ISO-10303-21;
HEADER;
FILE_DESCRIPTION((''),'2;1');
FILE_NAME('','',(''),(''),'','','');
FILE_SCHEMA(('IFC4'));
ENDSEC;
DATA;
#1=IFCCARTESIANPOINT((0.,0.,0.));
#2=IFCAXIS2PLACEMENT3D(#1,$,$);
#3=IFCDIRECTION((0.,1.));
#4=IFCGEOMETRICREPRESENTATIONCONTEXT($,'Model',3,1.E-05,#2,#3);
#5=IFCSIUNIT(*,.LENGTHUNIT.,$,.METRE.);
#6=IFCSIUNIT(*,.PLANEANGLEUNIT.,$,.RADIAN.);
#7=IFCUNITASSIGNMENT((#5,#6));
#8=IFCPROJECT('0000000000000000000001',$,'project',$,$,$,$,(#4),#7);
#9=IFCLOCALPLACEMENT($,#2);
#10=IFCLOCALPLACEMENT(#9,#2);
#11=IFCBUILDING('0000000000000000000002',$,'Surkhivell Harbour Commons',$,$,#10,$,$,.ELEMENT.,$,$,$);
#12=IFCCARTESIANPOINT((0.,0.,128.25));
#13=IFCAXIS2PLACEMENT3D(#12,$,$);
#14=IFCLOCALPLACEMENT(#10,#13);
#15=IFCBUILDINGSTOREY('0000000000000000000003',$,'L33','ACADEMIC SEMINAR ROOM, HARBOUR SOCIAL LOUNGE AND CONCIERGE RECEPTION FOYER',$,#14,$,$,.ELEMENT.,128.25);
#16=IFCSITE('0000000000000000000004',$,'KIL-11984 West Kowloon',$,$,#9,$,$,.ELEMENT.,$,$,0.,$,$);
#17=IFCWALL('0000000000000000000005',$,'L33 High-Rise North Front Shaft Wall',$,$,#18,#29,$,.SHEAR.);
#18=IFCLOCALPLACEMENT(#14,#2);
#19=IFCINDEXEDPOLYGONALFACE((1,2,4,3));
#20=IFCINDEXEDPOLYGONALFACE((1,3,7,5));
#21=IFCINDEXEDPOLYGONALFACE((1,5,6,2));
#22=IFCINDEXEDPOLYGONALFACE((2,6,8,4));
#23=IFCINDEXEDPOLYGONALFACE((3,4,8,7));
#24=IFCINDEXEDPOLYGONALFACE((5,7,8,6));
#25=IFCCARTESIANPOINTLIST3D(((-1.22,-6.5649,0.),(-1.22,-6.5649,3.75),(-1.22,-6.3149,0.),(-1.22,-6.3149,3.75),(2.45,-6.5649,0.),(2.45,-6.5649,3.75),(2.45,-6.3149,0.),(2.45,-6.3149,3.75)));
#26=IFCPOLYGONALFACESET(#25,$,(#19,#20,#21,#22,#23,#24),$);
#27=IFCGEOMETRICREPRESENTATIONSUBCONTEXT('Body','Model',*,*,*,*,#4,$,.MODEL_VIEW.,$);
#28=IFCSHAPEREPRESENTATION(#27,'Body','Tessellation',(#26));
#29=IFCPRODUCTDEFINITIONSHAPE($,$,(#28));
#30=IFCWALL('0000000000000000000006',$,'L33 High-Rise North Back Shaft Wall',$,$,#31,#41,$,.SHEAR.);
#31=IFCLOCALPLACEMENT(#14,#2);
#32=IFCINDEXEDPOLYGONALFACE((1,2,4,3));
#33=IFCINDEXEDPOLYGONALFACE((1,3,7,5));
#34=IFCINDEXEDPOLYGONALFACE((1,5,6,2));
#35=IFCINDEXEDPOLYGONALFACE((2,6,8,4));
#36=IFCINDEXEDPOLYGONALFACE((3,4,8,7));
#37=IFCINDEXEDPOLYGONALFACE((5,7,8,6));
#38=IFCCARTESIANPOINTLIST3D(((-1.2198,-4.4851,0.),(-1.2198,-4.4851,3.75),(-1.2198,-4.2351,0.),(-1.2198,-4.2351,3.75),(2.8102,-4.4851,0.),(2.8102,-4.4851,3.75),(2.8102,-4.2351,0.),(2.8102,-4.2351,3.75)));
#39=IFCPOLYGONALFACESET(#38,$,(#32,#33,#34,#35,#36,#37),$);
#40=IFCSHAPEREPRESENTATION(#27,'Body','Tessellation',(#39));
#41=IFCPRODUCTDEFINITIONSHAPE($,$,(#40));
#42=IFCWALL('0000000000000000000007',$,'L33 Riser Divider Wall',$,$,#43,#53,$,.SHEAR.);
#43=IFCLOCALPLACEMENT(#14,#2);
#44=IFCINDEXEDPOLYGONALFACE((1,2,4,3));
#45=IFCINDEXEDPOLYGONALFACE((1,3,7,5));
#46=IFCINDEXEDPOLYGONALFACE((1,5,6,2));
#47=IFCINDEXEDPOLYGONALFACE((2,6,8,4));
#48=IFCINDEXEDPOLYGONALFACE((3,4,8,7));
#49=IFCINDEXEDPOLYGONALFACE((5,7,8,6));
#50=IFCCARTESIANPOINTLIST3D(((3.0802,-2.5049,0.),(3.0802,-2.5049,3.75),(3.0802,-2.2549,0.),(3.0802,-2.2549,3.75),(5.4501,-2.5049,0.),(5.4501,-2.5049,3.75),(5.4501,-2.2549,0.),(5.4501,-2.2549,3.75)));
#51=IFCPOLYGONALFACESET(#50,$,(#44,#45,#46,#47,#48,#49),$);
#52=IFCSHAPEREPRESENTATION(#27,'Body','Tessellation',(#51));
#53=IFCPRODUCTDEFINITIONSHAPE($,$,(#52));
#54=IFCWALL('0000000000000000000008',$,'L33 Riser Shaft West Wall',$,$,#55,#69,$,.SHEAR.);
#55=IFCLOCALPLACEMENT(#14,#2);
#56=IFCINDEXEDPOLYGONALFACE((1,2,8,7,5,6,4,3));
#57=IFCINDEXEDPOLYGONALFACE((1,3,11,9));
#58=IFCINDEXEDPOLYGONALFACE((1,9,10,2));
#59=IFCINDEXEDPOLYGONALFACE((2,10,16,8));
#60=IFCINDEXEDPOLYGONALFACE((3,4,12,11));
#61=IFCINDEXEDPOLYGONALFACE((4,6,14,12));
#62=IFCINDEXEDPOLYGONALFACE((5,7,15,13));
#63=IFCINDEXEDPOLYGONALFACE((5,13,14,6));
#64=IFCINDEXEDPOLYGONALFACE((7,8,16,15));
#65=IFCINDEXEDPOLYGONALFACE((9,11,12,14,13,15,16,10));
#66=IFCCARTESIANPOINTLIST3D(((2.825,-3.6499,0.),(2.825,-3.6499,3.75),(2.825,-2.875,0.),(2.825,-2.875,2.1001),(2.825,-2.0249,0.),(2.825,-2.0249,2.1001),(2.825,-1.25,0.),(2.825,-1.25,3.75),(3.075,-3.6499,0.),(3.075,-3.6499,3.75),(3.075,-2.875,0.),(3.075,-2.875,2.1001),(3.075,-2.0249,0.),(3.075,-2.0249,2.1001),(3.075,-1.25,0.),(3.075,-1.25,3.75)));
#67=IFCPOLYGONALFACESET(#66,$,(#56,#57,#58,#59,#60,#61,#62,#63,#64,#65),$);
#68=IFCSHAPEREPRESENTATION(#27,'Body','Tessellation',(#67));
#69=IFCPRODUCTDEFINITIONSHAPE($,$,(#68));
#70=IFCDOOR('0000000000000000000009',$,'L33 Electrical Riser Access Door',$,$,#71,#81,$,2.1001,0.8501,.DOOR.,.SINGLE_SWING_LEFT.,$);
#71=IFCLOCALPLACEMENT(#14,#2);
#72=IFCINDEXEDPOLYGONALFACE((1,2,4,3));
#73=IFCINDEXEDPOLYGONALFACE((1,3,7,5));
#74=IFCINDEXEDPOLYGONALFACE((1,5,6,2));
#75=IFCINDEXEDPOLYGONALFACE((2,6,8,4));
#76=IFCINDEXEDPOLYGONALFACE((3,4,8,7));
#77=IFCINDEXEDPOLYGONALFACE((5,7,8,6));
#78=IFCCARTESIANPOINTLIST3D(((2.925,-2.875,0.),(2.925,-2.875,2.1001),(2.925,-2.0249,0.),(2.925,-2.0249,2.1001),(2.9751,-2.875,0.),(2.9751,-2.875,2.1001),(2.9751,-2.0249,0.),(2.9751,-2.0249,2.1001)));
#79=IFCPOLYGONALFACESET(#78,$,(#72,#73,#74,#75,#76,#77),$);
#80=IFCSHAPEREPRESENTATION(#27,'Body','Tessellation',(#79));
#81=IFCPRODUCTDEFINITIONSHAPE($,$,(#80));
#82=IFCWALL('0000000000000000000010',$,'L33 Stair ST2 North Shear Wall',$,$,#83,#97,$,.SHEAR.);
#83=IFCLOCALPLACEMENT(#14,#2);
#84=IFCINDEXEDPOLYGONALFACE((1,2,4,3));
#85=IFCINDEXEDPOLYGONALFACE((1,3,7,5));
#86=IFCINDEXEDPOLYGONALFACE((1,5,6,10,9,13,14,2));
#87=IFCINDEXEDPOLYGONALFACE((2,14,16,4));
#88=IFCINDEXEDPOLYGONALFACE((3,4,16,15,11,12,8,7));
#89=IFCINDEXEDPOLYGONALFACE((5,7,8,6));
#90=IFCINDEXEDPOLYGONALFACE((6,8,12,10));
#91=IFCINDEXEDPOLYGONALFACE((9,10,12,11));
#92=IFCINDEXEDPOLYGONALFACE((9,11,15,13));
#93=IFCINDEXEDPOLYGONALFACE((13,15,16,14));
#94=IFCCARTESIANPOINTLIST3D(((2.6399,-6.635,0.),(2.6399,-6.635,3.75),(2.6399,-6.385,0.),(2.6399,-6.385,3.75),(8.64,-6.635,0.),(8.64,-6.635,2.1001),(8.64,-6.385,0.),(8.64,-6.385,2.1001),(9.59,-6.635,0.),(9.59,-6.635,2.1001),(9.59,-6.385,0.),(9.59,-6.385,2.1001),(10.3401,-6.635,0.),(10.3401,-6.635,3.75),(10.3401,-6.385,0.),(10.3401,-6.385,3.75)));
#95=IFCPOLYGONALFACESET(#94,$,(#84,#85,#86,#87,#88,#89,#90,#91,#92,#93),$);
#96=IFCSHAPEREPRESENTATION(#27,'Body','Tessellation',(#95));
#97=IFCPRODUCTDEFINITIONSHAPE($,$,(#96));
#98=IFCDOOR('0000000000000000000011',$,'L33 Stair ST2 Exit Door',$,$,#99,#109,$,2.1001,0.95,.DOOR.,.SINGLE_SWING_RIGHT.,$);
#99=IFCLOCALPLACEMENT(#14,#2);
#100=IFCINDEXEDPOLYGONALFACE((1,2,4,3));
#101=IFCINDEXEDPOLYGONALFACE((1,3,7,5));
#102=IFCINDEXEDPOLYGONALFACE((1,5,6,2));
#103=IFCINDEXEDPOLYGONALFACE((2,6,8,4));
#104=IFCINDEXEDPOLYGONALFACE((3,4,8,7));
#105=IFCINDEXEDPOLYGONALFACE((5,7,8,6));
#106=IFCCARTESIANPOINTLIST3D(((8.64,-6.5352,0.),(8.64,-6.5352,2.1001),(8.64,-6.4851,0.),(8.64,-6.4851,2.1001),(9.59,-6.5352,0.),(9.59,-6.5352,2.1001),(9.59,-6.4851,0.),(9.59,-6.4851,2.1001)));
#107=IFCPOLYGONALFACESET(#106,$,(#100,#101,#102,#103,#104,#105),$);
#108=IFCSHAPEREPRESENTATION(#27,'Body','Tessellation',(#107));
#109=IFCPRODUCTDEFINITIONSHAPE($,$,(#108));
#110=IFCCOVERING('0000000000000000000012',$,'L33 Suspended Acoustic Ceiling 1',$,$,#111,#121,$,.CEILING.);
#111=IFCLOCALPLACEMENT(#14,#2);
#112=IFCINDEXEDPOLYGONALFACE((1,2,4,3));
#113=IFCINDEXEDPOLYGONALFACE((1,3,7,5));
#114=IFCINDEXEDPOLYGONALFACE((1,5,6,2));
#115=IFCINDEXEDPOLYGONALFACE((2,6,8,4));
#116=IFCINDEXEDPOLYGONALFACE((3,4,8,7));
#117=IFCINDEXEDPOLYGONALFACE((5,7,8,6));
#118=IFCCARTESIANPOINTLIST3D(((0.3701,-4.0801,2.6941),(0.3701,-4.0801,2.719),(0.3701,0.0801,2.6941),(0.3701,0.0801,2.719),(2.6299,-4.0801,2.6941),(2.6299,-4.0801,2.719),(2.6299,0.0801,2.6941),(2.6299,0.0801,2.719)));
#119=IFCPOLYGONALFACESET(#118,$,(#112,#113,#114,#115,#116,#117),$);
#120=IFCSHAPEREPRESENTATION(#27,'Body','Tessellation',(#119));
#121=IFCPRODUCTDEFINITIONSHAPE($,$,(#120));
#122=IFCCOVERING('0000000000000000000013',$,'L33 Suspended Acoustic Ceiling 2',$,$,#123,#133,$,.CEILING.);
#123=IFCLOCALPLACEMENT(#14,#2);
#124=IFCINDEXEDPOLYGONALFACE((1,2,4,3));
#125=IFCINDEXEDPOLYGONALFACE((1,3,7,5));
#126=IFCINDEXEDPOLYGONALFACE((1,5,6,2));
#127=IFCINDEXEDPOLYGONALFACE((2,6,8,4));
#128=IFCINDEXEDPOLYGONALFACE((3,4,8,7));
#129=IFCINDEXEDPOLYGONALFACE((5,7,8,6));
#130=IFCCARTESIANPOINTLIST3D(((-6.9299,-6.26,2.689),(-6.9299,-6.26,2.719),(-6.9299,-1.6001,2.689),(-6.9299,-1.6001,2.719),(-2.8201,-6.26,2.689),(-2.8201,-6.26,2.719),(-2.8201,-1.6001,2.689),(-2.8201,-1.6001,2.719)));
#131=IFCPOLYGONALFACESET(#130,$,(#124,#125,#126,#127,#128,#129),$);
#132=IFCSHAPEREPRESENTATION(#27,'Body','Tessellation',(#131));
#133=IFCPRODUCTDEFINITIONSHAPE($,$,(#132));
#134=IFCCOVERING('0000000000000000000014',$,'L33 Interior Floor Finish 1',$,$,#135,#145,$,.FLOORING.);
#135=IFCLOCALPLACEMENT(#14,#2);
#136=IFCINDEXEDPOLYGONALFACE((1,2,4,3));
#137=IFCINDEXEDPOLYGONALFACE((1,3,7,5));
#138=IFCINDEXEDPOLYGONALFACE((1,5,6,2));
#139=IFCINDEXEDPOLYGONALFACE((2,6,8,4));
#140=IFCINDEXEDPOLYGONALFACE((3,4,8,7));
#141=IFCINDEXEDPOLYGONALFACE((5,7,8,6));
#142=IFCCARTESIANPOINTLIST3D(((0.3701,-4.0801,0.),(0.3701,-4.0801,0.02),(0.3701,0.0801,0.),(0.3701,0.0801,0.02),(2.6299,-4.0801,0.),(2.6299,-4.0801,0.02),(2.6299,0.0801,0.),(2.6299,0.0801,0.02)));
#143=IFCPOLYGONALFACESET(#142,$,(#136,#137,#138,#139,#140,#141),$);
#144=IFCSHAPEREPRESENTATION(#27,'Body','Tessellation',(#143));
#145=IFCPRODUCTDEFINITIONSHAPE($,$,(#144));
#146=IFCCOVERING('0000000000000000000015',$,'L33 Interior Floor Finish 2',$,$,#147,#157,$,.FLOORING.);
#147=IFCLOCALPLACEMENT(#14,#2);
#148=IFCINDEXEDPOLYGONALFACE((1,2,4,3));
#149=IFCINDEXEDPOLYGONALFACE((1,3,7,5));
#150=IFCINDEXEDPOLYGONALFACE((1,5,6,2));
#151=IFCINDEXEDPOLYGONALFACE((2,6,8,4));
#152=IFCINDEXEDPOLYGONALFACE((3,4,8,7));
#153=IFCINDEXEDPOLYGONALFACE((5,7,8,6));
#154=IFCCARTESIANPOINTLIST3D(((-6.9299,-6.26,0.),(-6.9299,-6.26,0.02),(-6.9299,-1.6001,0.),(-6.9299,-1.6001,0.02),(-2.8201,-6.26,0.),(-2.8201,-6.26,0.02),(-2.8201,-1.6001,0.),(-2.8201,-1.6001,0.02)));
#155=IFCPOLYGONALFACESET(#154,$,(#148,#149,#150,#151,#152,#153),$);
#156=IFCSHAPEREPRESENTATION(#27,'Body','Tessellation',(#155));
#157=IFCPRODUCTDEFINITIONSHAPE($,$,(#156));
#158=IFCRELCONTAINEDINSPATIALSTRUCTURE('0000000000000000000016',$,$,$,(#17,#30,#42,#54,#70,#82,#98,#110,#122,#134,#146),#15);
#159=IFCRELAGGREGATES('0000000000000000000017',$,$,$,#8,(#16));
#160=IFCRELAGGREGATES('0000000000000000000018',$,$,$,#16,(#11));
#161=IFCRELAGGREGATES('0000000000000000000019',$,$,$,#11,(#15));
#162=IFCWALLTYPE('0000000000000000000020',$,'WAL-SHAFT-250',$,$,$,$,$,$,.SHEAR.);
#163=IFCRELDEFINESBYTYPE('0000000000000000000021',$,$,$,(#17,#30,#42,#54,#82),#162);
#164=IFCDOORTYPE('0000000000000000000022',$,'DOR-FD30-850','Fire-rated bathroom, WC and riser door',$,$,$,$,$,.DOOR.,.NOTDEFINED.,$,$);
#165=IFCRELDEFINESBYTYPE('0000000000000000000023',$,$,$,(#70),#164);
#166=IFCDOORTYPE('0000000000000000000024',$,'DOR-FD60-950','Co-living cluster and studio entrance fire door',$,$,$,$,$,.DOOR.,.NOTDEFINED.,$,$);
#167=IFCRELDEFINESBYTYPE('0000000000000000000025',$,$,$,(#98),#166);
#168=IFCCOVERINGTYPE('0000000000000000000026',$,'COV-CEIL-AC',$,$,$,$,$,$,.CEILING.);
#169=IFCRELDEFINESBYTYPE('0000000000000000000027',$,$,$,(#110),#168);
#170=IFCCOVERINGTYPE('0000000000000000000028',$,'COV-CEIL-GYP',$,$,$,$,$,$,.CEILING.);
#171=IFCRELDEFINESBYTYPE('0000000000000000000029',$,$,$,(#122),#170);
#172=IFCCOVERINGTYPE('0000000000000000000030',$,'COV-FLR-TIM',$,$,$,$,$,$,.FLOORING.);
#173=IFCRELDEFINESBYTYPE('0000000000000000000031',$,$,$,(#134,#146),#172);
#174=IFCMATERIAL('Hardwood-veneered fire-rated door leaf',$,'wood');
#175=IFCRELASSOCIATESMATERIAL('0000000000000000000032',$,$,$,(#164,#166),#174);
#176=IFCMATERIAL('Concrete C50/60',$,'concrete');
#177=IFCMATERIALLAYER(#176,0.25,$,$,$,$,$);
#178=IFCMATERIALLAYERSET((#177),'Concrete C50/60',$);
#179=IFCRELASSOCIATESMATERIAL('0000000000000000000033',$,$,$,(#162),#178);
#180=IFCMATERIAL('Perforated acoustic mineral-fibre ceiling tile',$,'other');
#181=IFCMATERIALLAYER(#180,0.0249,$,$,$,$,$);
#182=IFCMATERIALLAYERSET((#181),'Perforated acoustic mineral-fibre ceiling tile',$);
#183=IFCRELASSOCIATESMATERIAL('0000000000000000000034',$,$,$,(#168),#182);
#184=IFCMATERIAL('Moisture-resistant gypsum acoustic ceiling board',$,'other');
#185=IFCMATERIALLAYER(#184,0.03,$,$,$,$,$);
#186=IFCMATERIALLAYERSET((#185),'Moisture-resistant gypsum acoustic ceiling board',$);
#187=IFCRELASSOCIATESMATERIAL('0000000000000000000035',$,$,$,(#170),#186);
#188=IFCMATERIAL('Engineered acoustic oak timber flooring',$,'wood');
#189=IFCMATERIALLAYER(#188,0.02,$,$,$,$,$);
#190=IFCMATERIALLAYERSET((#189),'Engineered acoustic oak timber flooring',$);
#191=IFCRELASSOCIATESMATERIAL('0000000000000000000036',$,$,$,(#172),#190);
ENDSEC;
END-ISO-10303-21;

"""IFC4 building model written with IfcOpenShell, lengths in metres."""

from ifc_helpers import new_model, si_unit, direction, frame, frame_2d, origin, place, context, subcontext, project, spatial, polyline, rectangle, outline, extrude, material, layer, layer_set, type_object, element, fill, save


model = new_model("IFC4")

# Units and contexts
model_context = context("Model", 3, precision=1e-05, world=origin(), true_north=direction((0.0, 1.0)))
body_context = subcontext(model_context, "Body", "Model", "MODEL_VIEW")
ifc_project = project(units=[si_unit("LENGTHUNIT", "METRE"), si_unit("PLANEANGLEUNIT", "RADIAN")], contexts=[model_context])

# Site, building, storey
site_placement = place(None, origin())
site = spatial("IfcSite", under=ifc_project, at=site_placement, Name="KIL-11984 West Kowloon", CompositionType="ELEMENT", RefElevation=0.0)
building_placement = place(site_placement, origin())
building = spatial("IfcBuilding", under=site, at=building_placement, Name="Surkhivell Harbour Commons", CompositionType="ELEMENT")
storey_placement = place(building_placement, frame((0.0, 0.0, 128.25)))
storey = spatial("IfcBuildingStorey", under=building, at=storey_placement, Name="L33", Description="ACADEMIC SEMINAR ROOM, HARBOUR SOCIAL LOUNGE AND CONCIERGE RECEPTION FOYER", CompositionType="ELEMENT", Elevation=128.25)

# Shared definitions
ifc_material_1 = material(Name="Hardwood-veneered fire-rated door leaf", Category="wood")
door_type_1 = type_object("IfcDoorType", Name="DOR-FD30-850", Description="Fire-rated bathroom, WC and riser door", OperationType="NOTDEFINED", PredefinedType="DOOR", material=ifc_material_1)

# Walls
ifc_material_2 = material(Name="Concrete C50/60", Category="concrete")
ifc_layer_1 = layer(ifc_material_2, 0.25)
ifc_layer_set_1 = layer_set([ifc_layer_1], Name="Concrete C50/60")
wall_type_1 = type_object("IfcWallType", Name="WAL-SHAFT-250", PredefinedType="SHEAR", material=ifc_layer_set_1)
wall_1_placement = place(storey_placement, frame((-1.22, -6.4399, 0.0), z_axis=(0.0, 0.0, 1.0), x_axis=(1.0, 0.0, 0.0)))
element("IfcWall", 1, at=wall_1_placement, inside=storey, type_object=wall_type_1, Name="L33 High-Rise North Front Shaft Wall", PredefinedType="SHEAR", context=body_context, shape_type="SweptSolid", body=[
    extrude(rectangle(XDim=3.6699, YDim=0.25, at=frame_2d((1.835, 0.0))), origin(), (0.0, 0.0, 1.0), 3.75),
])
wall_2_placement = place(storey_placement, frame((-1.22, -4.3601, 0.0), z_axis=(0.0, 0.0, 1.0), x_axis=(1.0, 0.0, 0.0)))
element("IfcWall", 2, at=wall_2_placement, inside=storey, type_object=wall_type_1, Name="L33 High-Rise North Back Shaft Wall", PredefinedType="SHEAR", context=body_context, shape_type="SweptSolid", body=[
    extrude(rectangle(XDim=4.03, YDim=0.25, at=frame_2d((2.0151, 0.0))), origin(), (0.0, 0.0, 1.0), 3.75),
])
wall_3_placement = place(storey_placement, frame((3.0801, -2.3799, 0.0), z_axis=(0.0, 0.0, 1.0), x_axis=(1.0, 0.0, 0.0)))
element("IfcWall", 3, at=wall_3_placement, inside=storey, type_object=wall_type_1, Name="L33 Riser Divider Wall", PredefinedType="SHEAR", context=body_context, shape_type="SweptSolid", body=[
    extrude(rectangle(XDim=2.3699, YDim=0.25, at=frame_2d((1.1851, 0.0))), origin(), (0.0, 0.0, 1.0), 3.75),
])

# Walls, openings, doors
wall_4_placement = place(storey_placement, frame((2.95, -3.6499, 0.0), z_axis=(0.0, 0.0, 1.0), x_axis=(0.0, 1.0, 0.0)))
wall_4 = element("IfcWall", 4, at=wall_4_placement, inside=storey, type_object=wall_type_1, Name="L33 Riser Shaft West Wall", PredefinedType="SHEAR", context=body_context, shape_type="SweptSolid", body=[
    extrude(rectangle(XDim=2.3999, YDim=0.25, at=frame_2d((1.2, 0.0))), origin(), (0.0, 0.0, 1.0), 3.75),
])
opening_1_placement = place(wall_4_placement, frame((0.7749, 0.0, 0.0)))
opening_1 = element("IfcOpeningElement", 5, at=opening_1_placement, cuts=wall_4, PredefinedType="OPENING", context=body_context, shape_type="SweptSolid", body=[
    extrude(rectangle(XDim=0.8501, YDim=2.1001, at=frame_2d((0.425, 1.05))), frame((0.0, 0.135, 0.0), z_axis=(0.0, -1.0, 0.0), x_axis=(1.0, 0.0, 0.0)), (0.0, 0.0, 1.0), 0.27),
])
door_1_placement = place(opening_1_placement, origin())
door_1 = element("IfcDoor", 6, at=door_1_placement, inside=storey, type_object=door_type_1, Name="L33 Electrical Riser Access Door", OperationType="SINGLE_SWING_LEFT", OverallHeight=2.1001, OverallWidth=0.8501, PredefinedType="DOOR", context=body_context, shape_type="SweptSolid", body=[
    extrude(rectangle(XDim=0.8501, YDim=2.1001, at=frame_2d((0.425, 1.05))), frame((0.0, 0.0249, 0.0), z_axis=(0.0, -1.0, 0.0), x_axis=(1.0, 0.0, 0.0)), (0.0, 0.0, 1.0), 0.05),
])
fill(opening_1, door_1)
wall_5_placement = place(storey_placement, frame((2.6399, -6.51, 0.0), z_axis=(0.0, 0.0, 1.0), x_axis=(1.0, 0.0, 0.0)))
wall_5 = element("IfcWall", 7, at=wall_5_placement, inside=storey, type_object=wall_type_1, Name="L33 Stair ST2 North Shear Wall", PredefinedType="SHEAR", context=body_context, shape_type="SweptSolid", body=[
    extrude(rectangle(XDim=7.7002, YDim=0.25, at=frame_2d((3.8501, 0.0))), origin(), (0.0, 0.0, 1.0), 3.75),
])
opening_2_placement = place(wall_5_placement, frame((6.0, 0.0, 0.0)))
opening_2 = element("IfcOpeningElement", 8, at=opening_2_placement, cuts=wall_5, PredefinedType="OPENING", context=body_context, shape_type="SweptSolid", body=[
    extrude(rectangle(XDim=0.95, YDim=2.1001, at=frame_2d((0.4751, 1.05))), frame((0.0, 0.135, 0.0), z_axis=(0.0, -1.0, 0.0), x_axis=(1.0, 0.0, 0.0)), (0.0, 0.0, 1.0), 0.27),
])
door_type_2 = type_object("IfcDoorType", Name="DOR-FD60-950", Description="Co-living cluster and studio entrance fire door", OperationType="NOTDEFINED", PredefinedType="DOOR", material=ifc_material_1)
door_2_placement = place(opening_2_placement, origin())
door_2 = element("IfcDoor", 9, at=door_2_placement, inside=storey, type_object=door_type_2, Name="L33 Stair ST2 Exit Door", OperationType="SINGLE_SWING_RIGHT", OverallHeight=2.1001, OverallWidth=0.95, PredefinedType="DOOR", context=body_context, shape_type="SweptSolid", body=[
    extrude(rectangle(XDim=0.95, YDim=2.1001, at=frame_2d((0.4751, 1.05))), frame((0.0, 0.0249, 0.0), z_axis=(0.0, -1.0, 0.0), x_axis=(1.0, 0.0, 0.0)), (0.0, 0.0, 1.0), 0.05),
])
fill(opening_2, door_2)

# Coverings
ifc_material_3 = material(Name="Perforated acoustic mineral-fibre ceiling tile", Category="other")
ifc_layer_2 = layer(ifc_material_3, 0.0249)
ifc_layer_set_2 = layer_set([ifc_layer_2], Name="Perforated acoustic mineral-fibre ceiling tile")
covering_type_1 = type_object("IfcCoveringType", Name="COV-CEIL-AC", PredefinedType="CEILING", material=ifc_layer_set_2)
covering_1_placement = place(storey_placement, frame((0.0, 0.0, 2.6941)))
element("IfcCovering", 10, at=covering_1_placement, inside=storey, type_object=covering_type_1, Name="L33 Suspended Acoustic Ceiling 1", PredefinedType="CEILING", context=body_context, shape_type="SweptSolid", body=[
    extrude(outline(polyline([(0.3701, -4.0801), (2.6299, -4.0801), (2.6299, 0.0801), (0.3701, 0.0801), (0.3701, -4.0801)])), origin(), (0.0, 0.0, 1.0), 0.0249),
])
ifc_material_4 = material(Name="Moisture-resistant gypsum acoustic ceiling board", Category="other")
ifc_layer_3 = layer(ifc_material_4, 0.03)
ifc_layer_set_3 = layer_set([ifc_layer_3], Name="Moisture-resistant gypsum acoustic ceiling board")
covering_type_2 = type_object("IfcCoveringType", Name="COV-CEIL-GYP", PredefinedType="CEILING", material=ifc_layer_set_3)
covering_2_placement = place(storey_placement, frame((0.0, 0.0, 2.689)))
element("IfcCovering", 11, at=covering_2_placement, inside=storey, type_object=covering_type_2, Name="L33 Suspended Acoustic Ceiling 2", PredefinedType="CEILING", context=body_context, shape_type="SweptSolid", body=[
    extrude(outline(polyline([(-6.9299, -6.26), (-2.8201, -6.26), (-2.8201, -1.6001), (-6.9299, -1.6001), (-6.9299, -6.26)])), origin(), (0.0, 0.0, 1.0), 0.03),
])
ifc_material_5 = material(Name="Engineered acoustic oak timber flooring", Category="wood")
ifc_layer_4 = layer(ifc_material_5, 0.02)
ifc_layer_set_4 = layer_set([ifc_layer_4], Name="Engineered acoustic oak timber flooring")
covering_type_3 = type_object("IfcCoveringType", Name="COV-FLR-TIM", PredefinedType="FLOORING", material=ifc_layer_set_4)
covering_3_placement = place(storey_placement, origin())
element("IfcCovering", 12, at=covering_3_placement, inside=storey, type_object=covering_type_3, Name="L33 Interior Floor Finish 1", PredefinedType="FLOORING", context=body_context, shape_type="SweptSolid", body=[
    extrude(outline(polyline([(0.3701, -4.0801), (2.6299, -4.0801), (2.6299, 0.0801), (0.3701, 0.0801), (0.3701, -4.0801)])), origin(), (0.0, 0.0, 1.0), 0.02),
])
covering_4_placement = place(storey_placement, origin())
element("IfcCovering", 13, at=covering_4_placement, inside=storey, type_object=covering_type_3, Name="L33 Interior Floor Finish 2", PredefinedType="FLOORING", context=body_context, shape_type="SweptSolid", body=[
    extrude(outline(polyline([(-6.9299, -6.26), (-2.8201, -6.26), (-2.8201, -1.6001), (-6.9299, -1.6001), (-6.9299, -6.26)])), origin(), (0.0, 0.0, 1.0), 0.02),
])

save(model, "model.ifc")
